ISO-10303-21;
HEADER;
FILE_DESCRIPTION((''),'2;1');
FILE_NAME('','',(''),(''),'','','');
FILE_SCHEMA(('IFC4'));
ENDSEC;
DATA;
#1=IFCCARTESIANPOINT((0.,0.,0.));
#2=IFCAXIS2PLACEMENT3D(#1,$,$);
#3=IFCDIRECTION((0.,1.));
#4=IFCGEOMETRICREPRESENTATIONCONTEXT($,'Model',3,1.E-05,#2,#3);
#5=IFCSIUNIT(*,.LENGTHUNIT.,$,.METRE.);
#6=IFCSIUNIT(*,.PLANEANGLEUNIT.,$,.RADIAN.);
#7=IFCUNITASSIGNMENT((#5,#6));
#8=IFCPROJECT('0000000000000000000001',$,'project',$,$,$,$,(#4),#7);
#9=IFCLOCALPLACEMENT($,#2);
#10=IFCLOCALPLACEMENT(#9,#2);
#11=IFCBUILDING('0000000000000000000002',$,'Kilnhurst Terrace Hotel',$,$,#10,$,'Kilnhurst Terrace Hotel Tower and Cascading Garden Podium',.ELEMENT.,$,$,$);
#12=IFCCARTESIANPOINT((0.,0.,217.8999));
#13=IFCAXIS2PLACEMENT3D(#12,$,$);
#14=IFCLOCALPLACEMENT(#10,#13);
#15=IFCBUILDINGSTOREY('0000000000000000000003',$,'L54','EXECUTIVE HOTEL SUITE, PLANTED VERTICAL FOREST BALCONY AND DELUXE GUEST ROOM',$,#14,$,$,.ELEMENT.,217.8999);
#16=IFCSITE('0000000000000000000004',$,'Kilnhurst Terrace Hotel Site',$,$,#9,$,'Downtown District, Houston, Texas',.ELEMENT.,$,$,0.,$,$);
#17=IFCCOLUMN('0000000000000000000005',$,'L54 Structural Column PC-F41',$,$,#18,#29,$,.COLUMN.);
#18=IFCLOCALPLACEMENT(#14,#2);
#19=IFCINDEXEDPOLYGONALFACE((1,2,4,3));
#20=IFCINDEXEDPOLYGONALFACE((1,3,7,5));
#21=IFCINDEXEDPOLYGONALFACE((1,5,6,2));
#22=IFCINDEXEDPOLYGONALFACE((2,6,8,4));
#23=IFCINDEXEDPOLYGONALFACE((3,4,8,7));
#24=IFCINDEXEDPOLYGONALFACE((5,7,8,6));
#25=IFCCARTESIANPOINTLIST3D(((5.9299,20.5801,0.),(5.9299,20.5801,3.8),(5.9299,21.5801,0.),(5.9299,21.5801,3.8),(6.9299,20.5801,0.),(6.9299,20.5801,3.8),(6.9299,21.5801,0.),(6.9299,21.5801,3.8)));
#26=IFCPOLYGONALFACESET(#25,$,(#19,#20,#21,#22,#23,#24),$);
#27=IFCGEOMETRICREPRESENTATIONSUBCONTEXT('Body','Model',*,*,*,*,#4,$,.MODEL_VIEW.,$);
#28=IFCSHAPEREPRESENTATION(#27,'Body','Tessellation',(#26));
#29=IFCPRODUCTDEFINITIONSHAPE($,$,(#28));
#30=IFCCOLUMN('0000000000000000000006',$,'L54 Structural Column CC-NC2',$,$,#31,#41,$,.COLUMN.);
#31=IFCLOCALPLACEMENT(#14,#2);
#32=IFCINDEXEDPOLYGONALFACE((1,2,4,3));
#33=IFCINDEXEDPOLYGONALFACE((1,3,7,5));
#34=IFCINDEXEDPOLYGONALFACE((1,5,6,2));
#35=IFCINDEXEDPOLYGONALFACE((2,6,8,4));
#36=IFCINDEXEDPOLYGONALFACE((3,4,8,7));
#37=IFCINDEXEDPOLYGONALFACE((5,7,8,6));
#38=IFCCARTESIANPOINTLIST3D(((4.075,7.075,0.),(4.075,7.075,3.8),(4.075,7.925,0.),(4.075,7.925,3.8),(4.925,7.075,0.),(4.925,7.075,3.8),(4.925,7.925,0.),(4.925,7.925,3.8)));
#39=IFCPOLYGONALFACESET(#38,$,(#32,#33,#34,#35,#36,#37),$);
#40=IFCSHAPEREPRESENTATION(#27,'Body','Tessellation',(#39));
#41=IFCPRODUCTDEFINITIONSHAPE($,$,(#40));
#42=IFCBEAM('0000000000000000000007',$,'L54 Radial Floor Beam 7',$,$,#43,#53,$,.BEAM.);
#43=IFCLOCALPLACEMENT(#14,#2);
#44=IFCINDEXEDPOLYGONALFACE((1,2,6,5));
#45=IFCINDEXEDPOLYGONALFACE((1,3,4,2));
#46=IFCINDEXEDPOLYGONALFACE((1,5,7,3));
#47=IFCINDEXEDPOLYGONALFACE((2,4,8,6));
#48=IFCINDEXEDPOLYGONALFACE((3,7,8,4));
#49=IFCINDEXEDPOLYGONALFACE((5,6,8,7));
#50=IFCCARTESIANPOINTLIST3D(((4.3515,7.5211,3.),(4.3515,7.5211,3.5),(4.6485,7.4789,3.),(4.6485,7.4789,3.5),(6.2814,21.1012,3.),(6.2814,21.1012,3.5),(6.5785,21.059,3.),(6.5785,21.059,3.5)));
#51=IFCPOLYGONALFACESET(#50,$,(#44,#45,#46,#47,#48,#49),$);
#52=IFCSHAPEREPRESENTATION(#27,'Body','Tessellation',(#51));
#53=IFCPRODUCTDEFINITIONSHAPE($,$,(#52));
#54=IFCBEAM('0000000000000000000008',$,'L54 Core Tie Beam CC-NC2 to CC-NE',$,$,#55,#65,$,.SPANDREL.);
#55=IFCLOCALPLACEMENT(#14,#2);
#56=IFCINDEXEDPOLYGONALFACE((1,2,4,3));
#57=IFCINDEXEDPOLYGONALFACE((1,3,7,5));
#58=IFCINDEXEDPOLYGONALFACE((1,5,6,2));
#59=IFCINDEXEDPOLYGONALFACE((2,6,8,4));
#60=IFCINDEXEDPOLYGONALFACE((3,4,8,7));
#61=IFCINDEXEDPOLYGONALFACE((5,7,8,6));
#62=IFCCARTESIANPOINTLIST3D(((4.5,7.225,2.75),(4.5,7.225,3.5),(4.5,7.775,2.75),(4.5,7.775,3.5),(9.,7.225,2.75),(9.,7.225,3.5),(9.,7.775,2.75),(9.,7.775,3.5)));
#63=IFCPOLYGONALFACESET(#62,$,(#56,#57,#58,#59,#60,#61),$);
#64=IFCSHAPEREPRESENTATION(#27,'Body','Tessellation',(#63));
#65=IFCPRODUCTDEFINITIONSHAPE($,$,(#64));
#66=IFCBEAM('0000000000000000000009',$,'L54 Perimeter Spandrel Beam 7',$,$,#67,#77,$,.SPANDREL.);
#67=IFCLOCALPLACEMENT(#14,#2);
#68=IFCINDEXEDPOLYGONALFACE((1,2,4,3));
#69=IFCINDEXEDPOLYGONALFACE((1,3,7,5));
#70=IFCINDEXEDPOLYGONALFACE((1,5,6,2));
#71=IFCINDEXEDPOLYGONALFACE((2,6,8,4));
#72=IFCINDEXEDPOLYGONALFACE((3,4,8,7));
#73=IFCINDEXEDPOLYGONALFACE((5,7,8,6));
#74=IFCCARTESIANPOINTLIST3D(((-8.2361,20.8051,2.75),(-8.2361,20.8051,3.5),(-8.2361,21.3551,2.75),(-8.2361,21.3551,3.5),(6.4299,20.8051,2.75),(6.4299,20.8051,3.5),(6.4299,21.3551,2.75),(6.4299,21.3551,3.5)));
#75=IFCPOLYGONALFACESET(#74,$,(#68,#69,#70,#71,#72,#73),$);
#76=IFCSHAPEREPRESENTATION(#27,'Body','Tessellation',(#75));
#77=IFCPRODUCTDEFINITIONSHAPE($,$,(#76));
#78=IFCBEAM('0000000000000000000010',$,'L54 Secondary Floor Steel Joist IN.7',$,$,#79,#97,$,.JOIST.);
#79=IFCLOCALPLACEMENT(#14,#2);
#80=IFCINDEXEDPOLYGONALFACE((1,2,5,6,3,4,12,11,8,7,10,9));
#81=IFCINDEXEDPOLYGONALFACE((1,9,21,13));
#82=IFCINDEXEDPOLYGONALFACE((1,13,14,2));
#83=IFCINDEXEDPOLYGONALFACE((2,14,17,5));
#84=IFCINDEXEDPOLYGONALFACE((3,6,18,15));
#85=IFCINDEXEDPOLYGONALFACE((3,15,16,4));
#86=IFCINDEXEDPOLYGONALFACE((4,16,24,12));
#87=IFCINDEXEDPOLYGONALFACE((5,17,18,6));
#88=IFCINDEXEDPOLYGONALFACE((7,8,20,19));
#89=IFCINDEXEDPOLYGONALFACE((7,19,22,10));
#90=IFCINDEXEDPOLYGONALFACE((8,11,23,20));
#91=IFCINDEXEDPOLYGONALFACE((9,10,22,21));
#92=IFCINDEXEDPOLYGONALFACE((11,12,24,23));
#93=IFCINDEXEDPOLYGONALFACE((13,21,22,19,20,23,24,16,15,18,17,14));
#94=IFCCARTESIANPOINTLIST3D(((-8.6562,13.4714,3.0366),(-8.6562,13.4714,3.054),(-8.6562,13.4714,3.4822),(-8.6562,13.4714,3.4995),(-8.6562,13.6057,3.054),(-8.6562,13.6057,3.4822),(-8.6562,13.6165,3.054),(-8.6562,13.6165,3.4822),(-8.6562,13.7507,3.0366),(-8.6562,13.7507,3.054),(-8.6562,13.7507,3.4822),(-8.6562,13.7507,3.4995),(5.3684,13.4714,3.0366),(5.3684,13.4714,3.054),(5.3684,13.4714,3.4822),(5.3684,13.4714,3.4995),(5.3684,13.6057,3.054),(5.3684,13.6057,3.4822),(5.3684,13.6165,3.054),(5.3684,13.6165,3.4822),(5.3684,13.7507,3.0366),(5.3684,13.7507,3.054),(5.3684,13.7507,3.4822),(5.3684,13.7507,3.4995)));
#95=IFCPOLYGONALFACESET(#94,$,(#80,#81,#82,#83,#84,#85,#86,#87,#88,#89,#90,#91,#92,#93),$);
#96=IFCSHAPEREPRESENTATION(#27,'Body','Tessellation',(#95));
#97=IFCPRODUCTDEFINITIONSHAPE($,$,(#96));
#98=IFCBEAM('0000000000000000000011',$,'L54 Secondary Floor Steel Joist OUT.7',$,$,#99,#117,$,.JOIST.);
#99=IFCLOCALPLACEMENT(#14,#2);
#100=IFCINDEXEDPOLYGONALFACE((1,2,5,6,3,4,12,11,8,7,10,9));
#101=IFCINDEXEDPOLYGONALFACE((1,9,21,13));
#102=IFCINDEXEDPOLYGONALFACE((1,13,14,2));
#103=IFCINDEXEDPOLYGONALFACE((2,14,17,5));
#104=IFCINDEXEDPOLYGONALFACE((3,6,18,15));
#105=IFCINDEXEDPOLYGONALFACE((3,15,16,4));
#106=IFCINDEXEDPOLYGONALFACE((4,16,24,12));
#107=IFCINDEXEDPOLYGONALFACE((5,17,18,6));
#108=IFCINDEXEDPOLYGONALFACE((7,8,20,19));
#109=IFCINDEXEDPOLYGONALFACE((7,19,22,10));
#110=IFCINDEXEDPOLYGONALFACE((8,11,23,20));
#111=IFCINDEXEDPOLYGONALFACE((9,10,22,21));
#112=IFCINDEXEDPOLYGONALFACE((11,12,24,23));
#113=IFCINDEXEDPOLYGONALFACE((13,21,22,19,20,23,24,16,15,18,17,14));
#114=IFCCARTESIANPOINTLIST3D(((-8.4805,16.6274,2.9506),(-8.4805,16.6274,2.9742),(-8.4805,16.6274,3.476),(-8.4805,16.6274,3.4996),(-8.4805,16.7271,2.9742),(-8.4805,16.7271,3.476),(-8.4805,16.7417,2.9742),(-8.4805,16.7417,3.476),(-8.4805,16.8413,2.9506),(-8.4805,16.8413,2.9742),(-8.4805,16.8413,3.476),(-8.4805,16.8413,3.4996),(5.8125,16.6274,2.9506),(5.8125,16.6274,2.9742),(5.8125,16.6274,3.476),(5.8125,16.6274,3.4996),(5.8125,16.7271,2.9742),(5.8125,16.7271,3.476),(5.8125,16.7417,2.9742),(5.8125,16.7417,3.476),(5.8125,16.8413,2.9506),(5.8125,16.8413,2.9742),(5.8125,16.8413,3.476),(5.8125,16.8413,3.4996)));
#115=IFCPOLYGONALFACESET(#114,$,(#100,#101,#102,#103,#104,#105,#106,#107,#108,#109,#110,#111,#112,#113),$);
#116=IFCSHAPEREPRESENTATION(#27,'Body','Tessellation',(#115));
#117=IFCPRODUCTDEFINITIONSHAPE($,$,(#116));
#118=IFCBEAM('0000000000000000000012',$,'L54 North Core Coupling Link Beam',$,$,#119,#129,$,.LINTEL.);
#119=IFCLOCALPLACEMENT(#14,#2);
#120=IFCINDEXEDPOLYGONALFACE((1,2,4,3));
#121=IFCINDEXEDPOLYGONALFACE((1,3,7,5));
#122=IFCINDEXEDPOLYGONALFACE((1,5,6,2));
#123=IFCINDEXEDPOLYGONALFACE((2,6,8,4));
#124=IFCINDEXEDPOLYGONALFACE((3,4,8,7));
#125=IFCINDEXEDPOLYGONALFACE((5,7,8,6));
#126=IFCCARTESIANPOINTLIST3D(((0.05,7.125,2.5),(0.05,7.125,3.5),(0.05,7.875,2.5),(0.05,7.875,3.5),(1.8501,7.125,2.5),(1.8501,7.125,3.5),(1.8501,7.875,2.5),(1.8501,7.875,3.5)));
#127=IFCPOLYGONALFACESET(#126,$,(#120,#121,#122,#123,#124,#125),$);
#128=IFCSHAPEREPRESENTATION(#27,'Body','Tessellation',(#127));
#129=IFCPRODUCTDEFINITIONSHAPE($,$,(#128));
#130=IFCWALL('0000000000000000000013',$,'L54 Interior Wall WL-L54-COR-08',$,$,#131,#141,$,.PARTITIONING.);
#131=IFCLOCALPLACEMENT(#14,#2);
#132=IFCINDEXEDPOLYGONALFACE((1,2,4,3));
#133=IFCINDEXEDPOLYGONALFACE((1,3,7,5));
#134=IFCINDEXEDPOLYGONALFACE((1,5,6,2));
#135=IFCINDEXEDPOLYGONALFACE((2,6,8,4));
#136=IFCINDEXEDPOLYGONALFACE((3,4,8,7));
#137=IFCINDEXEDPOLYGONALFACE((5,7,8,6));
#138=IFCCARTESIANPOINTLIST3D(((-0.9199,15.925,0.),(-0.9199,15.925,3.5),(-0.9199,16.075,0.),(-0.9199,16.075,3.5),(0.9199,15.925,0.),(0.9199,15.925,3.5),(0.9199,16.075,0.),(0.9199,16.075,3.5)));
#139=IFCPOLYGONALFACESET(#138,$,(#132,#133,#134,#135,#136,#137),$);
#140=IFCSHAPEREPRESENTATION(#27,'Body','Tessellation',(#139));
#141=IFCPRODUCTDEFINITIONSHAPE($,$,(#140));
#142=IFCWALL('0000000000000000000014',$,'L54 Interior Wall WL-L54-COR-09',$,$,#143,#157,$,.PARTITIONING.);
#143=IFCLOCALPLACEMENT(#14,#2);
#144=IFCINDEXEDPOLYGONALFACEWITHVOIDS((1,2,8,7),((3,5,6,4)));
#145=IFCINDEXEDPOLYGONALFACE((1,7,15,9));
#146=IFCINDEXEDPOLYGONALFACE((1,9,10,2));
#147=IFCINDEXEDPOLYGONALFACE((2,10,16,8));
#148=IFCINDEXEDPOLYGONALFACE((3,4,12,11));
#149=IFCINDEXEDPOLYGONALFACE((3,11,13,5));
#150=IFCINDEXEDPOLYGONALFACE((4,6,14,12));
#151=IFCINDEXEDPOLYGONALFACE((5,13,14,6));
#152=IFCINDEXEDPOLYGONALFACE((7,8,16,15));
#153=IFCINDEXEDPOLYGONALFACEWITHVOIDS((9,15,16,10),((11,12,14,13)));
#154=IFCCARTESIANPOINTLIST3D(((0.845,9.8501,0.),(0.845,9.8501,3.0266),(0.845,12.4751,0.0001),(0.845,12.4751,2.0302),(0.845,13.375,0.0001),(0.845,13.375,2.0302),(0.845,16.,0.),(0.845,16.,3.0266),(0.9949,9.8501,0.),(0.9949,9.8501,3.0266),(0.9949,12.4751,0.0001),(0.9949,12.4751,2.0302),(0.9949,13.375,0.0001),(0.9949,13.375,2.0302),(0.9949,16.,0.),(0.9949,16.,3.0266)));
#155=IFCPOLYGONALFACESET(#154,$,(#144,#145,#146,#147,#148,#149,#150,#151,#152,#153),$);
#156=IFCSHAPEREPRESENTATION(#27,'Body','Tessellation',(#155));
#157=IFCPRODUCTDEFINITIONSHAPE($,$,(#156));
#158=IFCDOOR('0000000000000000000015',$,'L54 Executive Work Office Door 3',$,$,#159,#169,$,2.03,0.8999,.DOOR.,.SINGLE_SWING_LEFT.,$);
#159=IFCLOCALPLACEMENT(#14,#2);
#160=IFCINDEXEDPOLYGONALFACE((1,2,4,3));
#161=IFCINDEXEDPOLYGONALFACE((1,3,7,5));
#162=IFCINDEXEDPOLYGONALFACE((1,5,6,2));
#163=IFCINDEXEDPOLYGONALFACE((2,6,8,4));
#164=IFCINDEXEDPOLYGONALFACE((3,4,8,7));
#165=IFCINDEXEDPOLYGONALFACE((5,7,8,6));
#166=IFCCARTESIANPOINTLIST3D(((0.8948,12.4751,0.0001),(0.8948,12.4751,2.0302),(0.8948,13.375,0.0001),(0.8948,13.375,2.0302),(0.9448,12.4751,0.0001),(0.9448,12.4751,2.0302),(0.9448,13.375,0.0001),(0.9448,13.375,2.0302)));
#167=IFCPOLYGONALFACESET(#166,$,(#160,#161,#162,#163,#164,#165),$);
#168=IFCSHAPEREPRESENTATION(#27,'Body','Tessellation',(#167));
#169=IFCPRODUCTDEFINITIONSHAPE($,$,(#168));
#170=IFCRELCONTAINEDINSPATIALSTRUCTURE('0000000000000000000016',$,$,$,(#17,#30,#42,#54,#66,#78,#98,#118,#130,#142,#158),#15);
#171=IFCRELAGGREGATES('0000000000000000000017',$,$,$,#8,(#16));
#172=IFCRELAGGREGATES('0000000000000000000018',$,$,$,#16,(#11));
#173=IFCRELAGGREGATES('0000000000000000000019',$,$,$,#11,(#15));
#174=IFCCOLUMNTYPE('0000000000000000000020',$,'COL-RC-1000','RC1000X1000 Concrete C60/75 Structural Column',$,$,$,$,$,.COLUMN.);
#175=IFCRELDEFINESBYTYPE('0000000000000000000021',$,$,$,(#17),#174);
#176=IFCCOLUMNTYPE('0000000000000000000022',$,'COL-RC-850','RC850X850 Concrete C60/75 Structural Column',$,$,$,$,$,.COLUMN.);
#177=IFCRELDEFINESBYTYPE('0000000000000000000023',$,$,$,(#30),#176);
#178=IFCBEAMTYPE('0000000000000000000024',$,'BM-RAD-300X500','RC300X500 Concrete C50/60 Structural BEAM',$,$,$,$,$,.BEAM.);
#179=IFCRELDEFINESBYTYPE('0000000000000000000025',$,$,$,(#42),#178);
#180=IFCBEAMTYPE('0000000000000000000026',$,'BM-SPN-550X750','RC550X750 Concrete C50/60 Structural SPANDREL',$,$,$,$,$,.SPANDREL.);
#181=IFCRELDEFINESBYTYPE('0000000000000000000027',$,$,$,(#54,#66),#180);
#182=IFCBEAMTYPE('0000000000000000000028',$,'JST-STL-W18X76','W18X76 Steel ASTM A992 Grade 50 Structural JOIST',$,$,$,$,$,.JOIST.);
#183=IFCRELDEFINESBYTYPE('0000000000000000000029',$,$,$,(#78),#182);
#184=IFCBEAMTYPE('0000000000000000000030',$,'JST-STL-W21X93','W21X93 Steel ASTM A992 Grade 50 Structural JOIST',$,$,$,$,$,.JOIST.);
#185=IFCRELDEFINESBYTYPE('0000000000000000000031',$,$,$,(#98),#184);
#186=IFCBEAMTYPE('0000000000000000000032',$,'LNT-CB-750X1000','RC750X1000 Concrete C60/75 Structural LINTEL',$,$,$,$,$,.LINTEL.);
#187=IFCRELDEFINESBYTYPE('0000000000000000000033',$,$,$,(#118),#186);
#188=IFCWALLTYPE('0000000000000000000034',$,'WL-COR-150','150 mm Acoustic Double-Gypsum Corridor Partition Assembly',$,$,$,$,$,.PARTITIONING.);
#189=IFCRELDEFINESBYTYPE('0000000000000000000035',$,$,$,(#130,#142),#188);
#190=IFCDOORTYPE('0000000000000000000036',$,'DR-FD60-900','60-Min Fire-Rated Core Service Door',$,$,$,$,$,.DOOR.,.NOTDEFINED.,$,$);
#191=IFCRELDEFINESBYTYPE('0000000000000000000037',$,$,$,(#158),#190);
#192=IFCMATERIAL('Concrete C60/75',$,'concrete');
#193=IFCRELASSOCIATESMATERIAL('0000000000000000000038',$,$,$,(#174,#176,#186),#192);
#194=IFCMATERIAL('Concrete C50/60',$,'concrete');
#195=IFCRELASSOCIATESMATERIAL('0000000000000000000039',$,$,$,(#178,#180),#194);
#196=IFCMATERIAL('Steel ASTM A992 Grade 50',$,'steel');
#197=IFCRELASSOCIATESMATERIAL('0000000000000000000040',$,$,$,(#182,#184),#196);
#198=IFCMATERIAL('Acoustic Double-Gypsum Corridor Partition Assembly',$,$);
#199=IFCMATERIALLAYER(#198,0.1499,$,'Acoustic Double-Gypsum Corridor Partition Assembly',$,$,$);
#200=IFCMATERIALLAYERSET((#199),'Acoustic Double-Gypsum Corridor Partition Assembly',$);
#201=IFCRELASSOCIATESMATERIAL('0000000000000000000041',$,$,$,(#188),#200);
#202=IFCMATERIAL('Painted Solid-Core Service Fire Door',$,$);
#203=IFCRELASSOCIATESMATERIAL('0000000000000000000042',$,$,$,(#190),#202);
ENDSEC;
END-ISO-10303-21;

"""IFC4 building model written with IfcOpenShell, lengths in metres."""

from ifc_helpers import new_model, si_unit, direction, frame, frame_2d, origin, origin_2d, place, context, subcontext, project, spatial, rectangle, i_section, extrude, material, layer, layer_set, material_profile, profile_set, type_object, element, fill, save


model = new_model("IFC4")

# Units and contexts
model_context = context("Model", 3, precision=1e-05, world=origin(), true_north=direction((0.0, 1.0)))
body_context = subcontext(model_context, "Body", "Model", "MODEL_VIEW")
ifc_project = project(units=[si_unit("LENGTHUNIT", "METRE"), si_unit("PLANEANGLEUNIT", "RADIAN")], contexts=[model_context])

# Site, building, storey
site_placement = place(None, origin())
site = spatial("IfcSite", under=ifc_project, at=site_placement, Name="Kilnhurst Terrace Hotel Site", LongName="Downtown District, Houston, Texas", CompositionType="ELEMENT", RefElevation=0.0)
building_placement = place(site_placement, origin())
building = spatial("IfcBuilding", under=site, at=building_placement, Name="Kilnhurst Terrace Hotel", LongName="Kilnhurst Terrace Hotel Tower and Cascading Garden Podium", CompositionType="ELEMENT")
storey_placement = place(building_placement, frame((0.0, 0.0, 217.8999)))
storey = spatial("IfcBuildingStorey", under=building, at=storey_placement, Name="L54", Description="EXECUTIVE HOTEL SUITE, PLANTED VERTICAL FOREST BALCONY AND DELUXE GUEST ROOM", CompositionType="ELEMENT", Elevation=217.8999)

# Columns
ifc_material_1 = material(Name="Concrete C60/75", Category="concrete")
ifc_material_profile_1 = material_profile(ifc_material_1, rectangle(XDim=1.0, YDim=1.0, at=origin_2d()), Name="RC1000X1000")
ifc_profile_set_1 = profile_set([ifc_material_profile_1], Name="Concrete C60/75")
column_type_1 = type_object("IfcColumnType", Name="COL-RC-1000", Description="RC1000X1000 Concrete C60/75 Structural Column", PredefinedType="COLUMN", material=ifc_profile_set_1)
column_1_placement = place(storey_placement, frame((6.4299, 21.0801, 0.0), z_axis=(0.0, 0.0, 1.0), x_axis=(1.0, 0.0, 0.0)))
element("IfcColumn", 1, at=column_1_placement, inside=storey, type_object=column_type_1, Name="L54 Structural Column PC-F41", PredefinedType="COLUMN", context=body_context, shape_type="SweptSolid", body=[
    extrude(rectangle(XDim=1.0, YDim=1.0, at=origin_2d()), origin(), (0.0, 0.0, 1.0), 3.8),
])
ifc_material_profile_2 = material_profile(ifc_material_1, rectangle(XDim=0.8501, YDim=0.8501, at=origin_2d()), Name="RC850X850")
ifc_profile_set_2 = profile_set([ifc_material_profile_2], Name="Concrete C60/75")
column_type_2 = type_object("IfcColumnType", Name="COL-RC-850", Description="RC850X850 Concrete C60/75 Structural Column", PredefinedType="COLUMN", material=ifc_profile_set_2)
column_2_placement = place(storey_placement, frame((4.5, 7.5, 0.0), z_axis=(0.0, 0.0, 1.0), x_axis=(1.0, 0.0, 0.0)))
element("IfcColumn", 2, at=column_2_placement, inside=storey, type_object=column_type_2, Name="L54 Structural Column CC-NC2", PredefinedType="COLUMN", context=body_context, shape_type="SweptSolid", body=[
    extrude(rectangle(XDim=0.8501, YDim=0.8501, at=origin_2d()), origin(), (0.0, 0.0, 1.0), 3.8),
])

# Beams
ifc_material_2 = material(Name="Concrete C50/60", Category="concrete")
ifc_material_profile_3 = material_profile(ifc_material_2, rectangle(XDim=0.3, YDim=0.5, at=origin_2d()), Name="RC300X500")
ifc_profile_set_3 = profile_set([ifc_material_profile_3], Name="Concrete C50/60")
beam_type_1 = type_object("IfcBeamType", Name="BM-RAD-300X500", Description="RC300X500 Concrete C50/60 Structural BEAM", PredefinedType="BEAM", material=ifc_profile_set_3)
beam_1_placement = place(storey_placement, frame((4.5, 7.5, 3.25), z_axis=(0.140701, 0.990052, 0.0), x_axis=(-0.990052, 0.140701, 0.0)))
element("IfcBeam", 3, at=beam_1_placement, inside=storey, type_object=beam_type_1, Name="L54 Radial Floor Beam 7", PredefinedType="BEAM", context=body_context, shape_type="SweptSolid", body=[
    extrude(rectangle(XDim=0.3, YDim=0.5, at=origin_2d()), origin(), (0.0, 0.0, 1.0), 13.7166),
])
ifc_material_profile_4 = material_profile(ifc_material_2, rectangle(XDim=0.55, YDim=0.75, at=origin_2d()), Name="RC550X750")
ifc_profile_set_4 = profile_set([ifc_material_profile_4], Name="Concrete C50/60")
beam_type_2 = type_object("IfcBeamType", Name="BM-SPN-550X750", Description="RC550X750 Concrete C50/60 Structural SPANDREL", PredefinedType="SPANDREL", material=ifc_profile_set_4)
beam_2_placement = place(storey_placement, frame((4.5, 7.5, 3.125), z_axis=(1.0, 0.0, 0.0), x_axis=(0.0, 1.0, 0.0)))
element("IfcBeam", 4, at=beam_2_placement, inside=storey, type_object=beam_type_2, Name="L54 Core Tie Beam CC-NC2 to CC-NE", PredefinedType="SPANDREL", context=body_context, shape_type="SweptSolid", body=[
    extrude(rectangle(XDim=0.55, YDim=0.75, at=origin_2d()), origin(), (0.0, 0.0, 1.0), 4.5),
])
beam_3_placement = place(storey_placement, frame((6.4299, 21.0801, 3.125), z_axis=(-1.0, 0.0, 0.0), x_axis=(0.0, -1.0, 0.0)))
element("IfcBeam", 5, at=beam_3_placement, inside=storey, type_object=beam_type_2, Name="L54 Perimeter Spandrel Beam 7", PredefinedType="SPANDREL", context=body_context, shape_type="SweptSolid", body=[
    extrude(rectangle(XDim=0.55, YDim=0.75, at=origin_2d()), origin(), (0.0, 0.0, 1.0), 14.666),
])
ifc_material_3 = material(Name="Steel ASTM A992 Grade 50", Category="steel")
ifc_material_profile_5 = material_profile(ifc_material_3, i_section(OverallWidth=0.2793, OverallDepth=0.4629, WebThickness=0.0107, FlangeThickness=0.0173, at=origin_2d()), Name="W18X76")
ifc_profile_set_5 = profile_set([ifc_material_profile_5], Name="Steel ASTM A992 Grade 50")
beam_type_3 = type_object("IfcBeamType", Name="JST-STL-W18X76", Description="W18X76 Steel ASTM A992 Grade 50 Structural JOIST", PredefinedType="JOIST", material=ifc_profile_set_5)
beam_4_placement = place(storey_placement, frame((5.3684, 13.6111, 3.2681), z_axis=(-1.0, 0.0, 0.0), x_axis=(0.0, -1.0, 0.0)))
element("IfcBeam", 6, at=beam_4_placement, inside=storey, type_object=beam_type_3, Name="L54 Secondary Floor Steel Joist IN.7", PredefinedType="JOIST", context=body_context, shape_type="SweptSolid", body=[
    extrude(i_section(OverallWidth=0.2793, OverallDepth=0.4629, WebThickness=0.0107, FlangeThickness=0.0173, at=origin_2d()), origin(), (0.0, 0.0, 1.0), 14.0247),
])
ifc_material_profile_6 = material_profile(ifc_material_3, i_section(OverallWidth=0.2139, OverallDepth=0.5491, WebThickness=0.0146, FlangeThickness=0.0237, at=origin_2d()), Name="W21X93")
ifc_profile_set_6 = profile_set([ifc_material_profile_6], Name="Steel ASTM A992 Grade 50")
beam_type_4 = type_object("IfcBeamType", Name="JST-STL-W21X93", Description="W21X93 Steel ASTM A992 Grade 50 Structural JOIST", PredefinedType="JOIST", material=ifc_profile_set_6)
beam_5_placement = place(storey_placement, frame((5.8125, 16.7344, 3.2251), z_axis=(-1.0, 0.0, 0.0), x_axis=(0.0, -1.0, 0.0)))
element("IfcBeam", 7, at=beam_5_placement, inside=storey, type_object=beam_type_4, Name="L54 Secondary Floor Steel Joist OUT.7", PredefinedType="JOIST", context=body_context, shape_type="SweptSolid", body=[
    extrude(i_section(OverallWidth=0.2139, OverallDepth=0.5491, WebThickness=0.0146, FlangeThickness=0.0237, at=origin_2d()), origin(), (0.0, 0.0, 1.0), 14.293),
])
ifc_material_profile_7 = material_profile(ifc_material_1, rectangle(XDim=0.75, YDim=1.0, at=origin_2d()), Name="RC750X1000")
ifc_profile_set_7 = profile_set([ifc_material_profile_7], Name="Concrete C60/75")
beam_type_5 = type_object("IfcBeamType", Name="LNT-CB-750X1000", Description="RC750X1000 Concrete C60/75 Structural LINTEL", PredefinedType="LINTEL", material=ifc_profile_set_7)
beam_6_placement = place(storey_placement, frame((0.05, 7.5, 3.0), z_axis=(1.0, 0.0, 0.0), x_axis=(0.0, 1.0, 0.0)))
element("IfcBeam", 8, at=beam_6_placement, inside=storey, type_object=beam_type_5, Name="L54 North Core Coupling Link Beam", PredefinedType="LINTEL", context=body_context, shape_type="SweptSolid", body=[
    extrude(rectangle(XDim=0.75, YDim=1.0, at=origin_2d()), origin(), (0.0, 0.0, 1.0), 1.8),
])

# Wall
ifc_material_4 = material(Name="Acoustic Double-Gypsum Corridor Partition Assembly")
ifc_layer_1 = layer(ifc_material_4, 0.1499, Name="Acoustic Double-Gypsum Corridor Partition Assembly")
ifc_layer_set_1 = layer_set([ifc_layer_1], Name="Acoustic Double-Gypsum Corridor Partition Assembly")
wall_type_1 = type_object("IfcWallType", Name="WL-COR-150", Description="150 mm Acoustic Double-Gypsum Corridor Partition Assembly", PredefinedType="PARTITIONING", material=ifc_layer_set_1)
wall_1_placement = place(storey_placement, frame((-0.9199, 16.0, 0.0), z_axis=(0.0, 0.0, 1.0), x_axis=(1.0, 0.0, 0.0)))
element("IfcWall", 9, at=wall_1_placement, inside=storey, type_object=wall_type_1, Name="L54 Interior Wall WL-L54-COR-08", PredefinedType="PARTITIONING", context=body_context, shape_type="SweptSolid", body=[
    extrude(rectangle(XDim=1.8398, YDim=0.1499, at=frame_2d((0.9199, 0.0))), origin(), (0.0, 0.0, 1.0), 3.5),
])

# Wall, opening, door
wall_2_placement = place(storey_placement, frame((0.9199, 16.0, 0.0), z_axis=(0.0, 0.0, 1.0), x_axis=(0.0, -1.0, 0.0)))
wall_2 = element("IfcWall", 10, at=wall_2_placement, inside=storey, type_object=wall_type_1, Name="L54 Interior Wall WL-L54-COR-09", PredefinedType="PARTITIONING", context=body_context, shape_type="SweptSolid", body=[
    extrude(rectangle(XDim=6.1499, YDim=0.1499, at=frame_2d((3.075, 0.0))), origin(), (0.0, 0.0, 1.0), 3.0266),
])
opening_1_placement = place(wall_2_placement, frame((2.625, 0.0, 0.0)))
opening_1 = element("IfcOpeningElement", 11, at=opening_1_placement, cuts=wall_2, PredefinedType="OPENING", context=body_context, shape_type="SweptSolid", body=[
    extrude(rectangle(XDim=0.8999, YDim=2.03, at=frame_2d((0.45, 1.0151))), frame((0.0, 0.085, 0.0), z_axis=(0.0, -1.0, 0.0), x_axis=(1.0, 0.0, 0.0)), (0.0, 0.0, 1.0), 0.1699),
])
ifc_material_5 = material(Name="Painted Solid-Core Service Fire Door")
door_type_1 = type_object("IfcDoorType", Name="DR-FD60-900", Description="60-Min Fire-Rated Core Service Door", OperationType="NOTDEFINED", PredefinedType="DOOR", material=ifc_material_5)
door_1_placement = place(opening_1_placement, origin())
door_1 = element("IfcDoor", 12, at=door_1_placement, inside=storey, type_object=door_type_1, Name="L54 Executive Work Office Door 3", OperationType="SINGLE_SWING_LEFT", OverallHeight=2.03, OverallWidth=0.8999, PredefinedType="DOOR", context=body_context, shape_type="SweptSolid", body=[
    extrude(rectangle(XDim=0.8999, YDim=2.03, at=frame_2d((0.45, 1.0151))), frame((0.0, 0.0249, 0.0), z_axis=(0.0, -1.0, 0.0), x_axis=(1.0, 0.0, 0.0)), (0.0, 0.0, 1.0), 0.05),
])
fill(opening_1, door_1)

save(model, "model.ifc")
